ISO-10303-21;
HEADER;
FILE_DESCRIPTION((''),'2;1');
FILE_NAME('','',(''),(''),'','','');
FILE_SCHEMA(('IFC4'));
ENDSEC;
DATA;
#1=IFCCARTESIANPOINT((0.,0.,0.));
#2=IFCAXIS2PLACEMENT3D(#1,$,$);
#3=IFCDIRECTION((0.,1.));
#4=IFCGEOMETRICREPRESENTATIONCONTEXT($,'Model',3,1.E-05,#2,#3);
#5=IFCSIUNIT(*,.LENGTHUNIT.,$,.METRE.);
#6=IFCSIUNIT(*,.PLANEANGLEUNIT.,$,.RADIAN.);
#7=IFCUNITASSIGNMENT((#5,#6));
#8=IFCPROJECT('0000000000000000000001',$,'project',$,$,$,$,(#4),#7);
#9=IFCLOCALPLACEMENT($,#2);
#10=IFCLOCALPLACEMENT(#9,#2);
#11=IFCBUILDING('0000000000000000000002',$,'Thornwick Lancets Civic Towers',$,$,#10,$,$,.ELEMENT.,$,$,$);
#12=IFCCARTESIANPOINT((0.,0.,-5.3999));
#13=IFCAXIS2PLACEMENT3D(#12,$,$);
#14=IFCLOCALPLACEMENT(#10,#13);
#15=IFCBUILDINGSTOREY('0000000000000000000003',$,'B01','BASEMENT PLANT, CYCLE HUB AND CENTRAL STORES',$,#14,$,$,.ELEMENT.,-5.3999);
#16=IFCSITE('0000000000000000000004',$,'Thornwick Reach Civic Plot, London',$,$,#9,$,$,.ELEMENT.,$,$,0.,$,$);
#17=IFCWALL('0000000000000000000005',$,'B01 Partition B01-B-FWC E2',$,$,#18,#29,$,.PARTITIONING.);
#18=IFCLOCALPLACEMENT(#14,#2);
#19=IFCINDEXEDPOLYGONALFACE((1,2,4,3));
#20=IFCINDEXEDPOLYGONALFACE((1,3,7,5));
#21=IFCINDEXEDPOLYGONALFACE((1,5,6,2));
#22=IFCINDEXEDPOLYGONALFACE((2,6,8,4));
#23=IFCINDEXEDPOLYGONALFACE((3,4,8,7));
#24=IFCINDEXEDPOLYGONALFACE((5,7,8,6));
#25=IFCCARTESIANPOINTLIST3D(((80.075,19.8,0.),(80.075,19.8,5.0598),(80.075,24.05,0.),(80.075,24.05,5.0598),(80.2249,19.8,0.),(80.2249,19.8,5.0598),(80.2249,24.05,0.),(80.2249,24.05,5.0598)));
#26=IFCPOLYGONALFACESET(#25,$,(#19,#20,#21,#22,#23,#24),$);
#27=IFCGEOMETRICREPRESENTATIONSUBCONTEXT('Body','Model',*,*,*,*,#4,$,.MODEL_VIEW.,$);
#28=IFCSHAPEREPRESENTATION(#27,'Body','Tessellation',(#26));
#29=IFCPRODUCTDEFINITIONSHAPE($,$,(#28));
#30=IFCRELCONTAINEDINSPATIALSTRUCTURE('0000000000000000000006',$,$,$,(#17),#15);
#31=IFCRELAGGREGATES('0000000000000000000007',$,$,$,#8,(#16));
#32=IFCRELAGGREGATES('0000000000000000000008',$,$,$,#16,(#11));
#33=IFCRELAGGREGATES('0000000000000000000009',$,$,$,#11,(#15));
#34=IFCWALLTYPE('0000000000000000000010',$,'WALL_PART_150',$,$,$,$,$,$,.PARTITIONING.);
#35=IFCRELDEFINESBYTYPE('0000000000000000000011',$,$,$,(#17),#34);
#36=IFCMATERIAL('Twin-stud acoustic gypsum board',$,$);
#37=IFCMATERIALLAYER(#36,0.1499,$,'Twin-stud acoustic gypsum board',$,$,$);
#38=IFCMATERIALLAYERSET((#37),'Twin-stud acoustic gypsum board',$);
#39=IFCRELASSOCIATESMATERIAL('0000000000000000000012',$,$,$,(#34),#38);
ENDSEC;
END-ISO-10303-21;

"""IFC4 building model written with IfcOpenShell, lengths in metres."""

from ifc_helpers import new_model, si_unit, direction, frame, frame_2d, origin, place, context, subcontext, project, spatial, rectangle, extrude, material, layer, layer_set, type_object, element, save


model = new_model("IFC4")

# Units and contexts
model_context = context("Model", 3, precision=1e-05, world=origin(), true_north=direction((0.0, 1.0)))
body_context = subcontext(model_context, "Body", "Model", "MODEL_VIEW")
ifc_project = project(units=[si_unit("LENGTHUNIT", "METRE"), si_unit("PLANEANGLEUNIT", "RADIAN")], contexts=[model_context])

# Site, building, storey
site_placement = place(None, origin())
site = spatial("IfcSite", under=ifc_project, at=site_placement, Name="Thornwick Reach Civic Plot, London", CompositionType="ELEMENT", RefElevation=0.0)
building_placement = place(site_placement, origin())
building = spatial("IfcBuilding", under=site, at=building_placement, Name="Thornwick Lancets Civic Towers", CompositionType="ELEMENT")
storey_placement = place(building_placement, frame((0.0, 0.0, -5.3999)))
storey = spatial("IfcBuildingStorey", under=building, at=storey_placement, Name="B01", Description="BASEMENT PLANT, CYCLE HUB AND CENTRAL STORES", CompositionType="ELEMENT", Elevation=-5.3999)

# Wall
ifc_material_1 = material(Name="Twin-stud acoustic gypsum board")
ifc_layer_1 = layer(ifc_material_1, 0.1499, Name="Twin-stud acoustic gypsum board")
ifc_layer_set_1 = layer_set([ifc_layer_1], Name="Twin-stud acoustic gypsum board")
wall_type_1 = type_object("IfcWallType", Name="WALL_PART_150", PredefinedType="PARTITIONING", material=ifc_layer_set_1)
wall_1_placement = place(storey_placement, frame((80.1499, 19.8, 0.0), z_axis=(0.0, 0.0, 1.0), x_axis=(0.0, 1.0, 0.0)))
element("IfcWall", 1, at=wall_1_placement, inside=storey, type_object=wall_type_1, Name="B01 Partition B01-B-FWC E2", PredefinedType="PARTITIONING", context=body_context, shape_type="SweptSolid", body=[
    extrude(rectangle(XDim=4.25, YDim=0.1499, at=frame_2d((2.125, 0.0))), origin(), (0.0, 0.0, 1.0), 5.0598),
])

save(model, "model.ifc")
